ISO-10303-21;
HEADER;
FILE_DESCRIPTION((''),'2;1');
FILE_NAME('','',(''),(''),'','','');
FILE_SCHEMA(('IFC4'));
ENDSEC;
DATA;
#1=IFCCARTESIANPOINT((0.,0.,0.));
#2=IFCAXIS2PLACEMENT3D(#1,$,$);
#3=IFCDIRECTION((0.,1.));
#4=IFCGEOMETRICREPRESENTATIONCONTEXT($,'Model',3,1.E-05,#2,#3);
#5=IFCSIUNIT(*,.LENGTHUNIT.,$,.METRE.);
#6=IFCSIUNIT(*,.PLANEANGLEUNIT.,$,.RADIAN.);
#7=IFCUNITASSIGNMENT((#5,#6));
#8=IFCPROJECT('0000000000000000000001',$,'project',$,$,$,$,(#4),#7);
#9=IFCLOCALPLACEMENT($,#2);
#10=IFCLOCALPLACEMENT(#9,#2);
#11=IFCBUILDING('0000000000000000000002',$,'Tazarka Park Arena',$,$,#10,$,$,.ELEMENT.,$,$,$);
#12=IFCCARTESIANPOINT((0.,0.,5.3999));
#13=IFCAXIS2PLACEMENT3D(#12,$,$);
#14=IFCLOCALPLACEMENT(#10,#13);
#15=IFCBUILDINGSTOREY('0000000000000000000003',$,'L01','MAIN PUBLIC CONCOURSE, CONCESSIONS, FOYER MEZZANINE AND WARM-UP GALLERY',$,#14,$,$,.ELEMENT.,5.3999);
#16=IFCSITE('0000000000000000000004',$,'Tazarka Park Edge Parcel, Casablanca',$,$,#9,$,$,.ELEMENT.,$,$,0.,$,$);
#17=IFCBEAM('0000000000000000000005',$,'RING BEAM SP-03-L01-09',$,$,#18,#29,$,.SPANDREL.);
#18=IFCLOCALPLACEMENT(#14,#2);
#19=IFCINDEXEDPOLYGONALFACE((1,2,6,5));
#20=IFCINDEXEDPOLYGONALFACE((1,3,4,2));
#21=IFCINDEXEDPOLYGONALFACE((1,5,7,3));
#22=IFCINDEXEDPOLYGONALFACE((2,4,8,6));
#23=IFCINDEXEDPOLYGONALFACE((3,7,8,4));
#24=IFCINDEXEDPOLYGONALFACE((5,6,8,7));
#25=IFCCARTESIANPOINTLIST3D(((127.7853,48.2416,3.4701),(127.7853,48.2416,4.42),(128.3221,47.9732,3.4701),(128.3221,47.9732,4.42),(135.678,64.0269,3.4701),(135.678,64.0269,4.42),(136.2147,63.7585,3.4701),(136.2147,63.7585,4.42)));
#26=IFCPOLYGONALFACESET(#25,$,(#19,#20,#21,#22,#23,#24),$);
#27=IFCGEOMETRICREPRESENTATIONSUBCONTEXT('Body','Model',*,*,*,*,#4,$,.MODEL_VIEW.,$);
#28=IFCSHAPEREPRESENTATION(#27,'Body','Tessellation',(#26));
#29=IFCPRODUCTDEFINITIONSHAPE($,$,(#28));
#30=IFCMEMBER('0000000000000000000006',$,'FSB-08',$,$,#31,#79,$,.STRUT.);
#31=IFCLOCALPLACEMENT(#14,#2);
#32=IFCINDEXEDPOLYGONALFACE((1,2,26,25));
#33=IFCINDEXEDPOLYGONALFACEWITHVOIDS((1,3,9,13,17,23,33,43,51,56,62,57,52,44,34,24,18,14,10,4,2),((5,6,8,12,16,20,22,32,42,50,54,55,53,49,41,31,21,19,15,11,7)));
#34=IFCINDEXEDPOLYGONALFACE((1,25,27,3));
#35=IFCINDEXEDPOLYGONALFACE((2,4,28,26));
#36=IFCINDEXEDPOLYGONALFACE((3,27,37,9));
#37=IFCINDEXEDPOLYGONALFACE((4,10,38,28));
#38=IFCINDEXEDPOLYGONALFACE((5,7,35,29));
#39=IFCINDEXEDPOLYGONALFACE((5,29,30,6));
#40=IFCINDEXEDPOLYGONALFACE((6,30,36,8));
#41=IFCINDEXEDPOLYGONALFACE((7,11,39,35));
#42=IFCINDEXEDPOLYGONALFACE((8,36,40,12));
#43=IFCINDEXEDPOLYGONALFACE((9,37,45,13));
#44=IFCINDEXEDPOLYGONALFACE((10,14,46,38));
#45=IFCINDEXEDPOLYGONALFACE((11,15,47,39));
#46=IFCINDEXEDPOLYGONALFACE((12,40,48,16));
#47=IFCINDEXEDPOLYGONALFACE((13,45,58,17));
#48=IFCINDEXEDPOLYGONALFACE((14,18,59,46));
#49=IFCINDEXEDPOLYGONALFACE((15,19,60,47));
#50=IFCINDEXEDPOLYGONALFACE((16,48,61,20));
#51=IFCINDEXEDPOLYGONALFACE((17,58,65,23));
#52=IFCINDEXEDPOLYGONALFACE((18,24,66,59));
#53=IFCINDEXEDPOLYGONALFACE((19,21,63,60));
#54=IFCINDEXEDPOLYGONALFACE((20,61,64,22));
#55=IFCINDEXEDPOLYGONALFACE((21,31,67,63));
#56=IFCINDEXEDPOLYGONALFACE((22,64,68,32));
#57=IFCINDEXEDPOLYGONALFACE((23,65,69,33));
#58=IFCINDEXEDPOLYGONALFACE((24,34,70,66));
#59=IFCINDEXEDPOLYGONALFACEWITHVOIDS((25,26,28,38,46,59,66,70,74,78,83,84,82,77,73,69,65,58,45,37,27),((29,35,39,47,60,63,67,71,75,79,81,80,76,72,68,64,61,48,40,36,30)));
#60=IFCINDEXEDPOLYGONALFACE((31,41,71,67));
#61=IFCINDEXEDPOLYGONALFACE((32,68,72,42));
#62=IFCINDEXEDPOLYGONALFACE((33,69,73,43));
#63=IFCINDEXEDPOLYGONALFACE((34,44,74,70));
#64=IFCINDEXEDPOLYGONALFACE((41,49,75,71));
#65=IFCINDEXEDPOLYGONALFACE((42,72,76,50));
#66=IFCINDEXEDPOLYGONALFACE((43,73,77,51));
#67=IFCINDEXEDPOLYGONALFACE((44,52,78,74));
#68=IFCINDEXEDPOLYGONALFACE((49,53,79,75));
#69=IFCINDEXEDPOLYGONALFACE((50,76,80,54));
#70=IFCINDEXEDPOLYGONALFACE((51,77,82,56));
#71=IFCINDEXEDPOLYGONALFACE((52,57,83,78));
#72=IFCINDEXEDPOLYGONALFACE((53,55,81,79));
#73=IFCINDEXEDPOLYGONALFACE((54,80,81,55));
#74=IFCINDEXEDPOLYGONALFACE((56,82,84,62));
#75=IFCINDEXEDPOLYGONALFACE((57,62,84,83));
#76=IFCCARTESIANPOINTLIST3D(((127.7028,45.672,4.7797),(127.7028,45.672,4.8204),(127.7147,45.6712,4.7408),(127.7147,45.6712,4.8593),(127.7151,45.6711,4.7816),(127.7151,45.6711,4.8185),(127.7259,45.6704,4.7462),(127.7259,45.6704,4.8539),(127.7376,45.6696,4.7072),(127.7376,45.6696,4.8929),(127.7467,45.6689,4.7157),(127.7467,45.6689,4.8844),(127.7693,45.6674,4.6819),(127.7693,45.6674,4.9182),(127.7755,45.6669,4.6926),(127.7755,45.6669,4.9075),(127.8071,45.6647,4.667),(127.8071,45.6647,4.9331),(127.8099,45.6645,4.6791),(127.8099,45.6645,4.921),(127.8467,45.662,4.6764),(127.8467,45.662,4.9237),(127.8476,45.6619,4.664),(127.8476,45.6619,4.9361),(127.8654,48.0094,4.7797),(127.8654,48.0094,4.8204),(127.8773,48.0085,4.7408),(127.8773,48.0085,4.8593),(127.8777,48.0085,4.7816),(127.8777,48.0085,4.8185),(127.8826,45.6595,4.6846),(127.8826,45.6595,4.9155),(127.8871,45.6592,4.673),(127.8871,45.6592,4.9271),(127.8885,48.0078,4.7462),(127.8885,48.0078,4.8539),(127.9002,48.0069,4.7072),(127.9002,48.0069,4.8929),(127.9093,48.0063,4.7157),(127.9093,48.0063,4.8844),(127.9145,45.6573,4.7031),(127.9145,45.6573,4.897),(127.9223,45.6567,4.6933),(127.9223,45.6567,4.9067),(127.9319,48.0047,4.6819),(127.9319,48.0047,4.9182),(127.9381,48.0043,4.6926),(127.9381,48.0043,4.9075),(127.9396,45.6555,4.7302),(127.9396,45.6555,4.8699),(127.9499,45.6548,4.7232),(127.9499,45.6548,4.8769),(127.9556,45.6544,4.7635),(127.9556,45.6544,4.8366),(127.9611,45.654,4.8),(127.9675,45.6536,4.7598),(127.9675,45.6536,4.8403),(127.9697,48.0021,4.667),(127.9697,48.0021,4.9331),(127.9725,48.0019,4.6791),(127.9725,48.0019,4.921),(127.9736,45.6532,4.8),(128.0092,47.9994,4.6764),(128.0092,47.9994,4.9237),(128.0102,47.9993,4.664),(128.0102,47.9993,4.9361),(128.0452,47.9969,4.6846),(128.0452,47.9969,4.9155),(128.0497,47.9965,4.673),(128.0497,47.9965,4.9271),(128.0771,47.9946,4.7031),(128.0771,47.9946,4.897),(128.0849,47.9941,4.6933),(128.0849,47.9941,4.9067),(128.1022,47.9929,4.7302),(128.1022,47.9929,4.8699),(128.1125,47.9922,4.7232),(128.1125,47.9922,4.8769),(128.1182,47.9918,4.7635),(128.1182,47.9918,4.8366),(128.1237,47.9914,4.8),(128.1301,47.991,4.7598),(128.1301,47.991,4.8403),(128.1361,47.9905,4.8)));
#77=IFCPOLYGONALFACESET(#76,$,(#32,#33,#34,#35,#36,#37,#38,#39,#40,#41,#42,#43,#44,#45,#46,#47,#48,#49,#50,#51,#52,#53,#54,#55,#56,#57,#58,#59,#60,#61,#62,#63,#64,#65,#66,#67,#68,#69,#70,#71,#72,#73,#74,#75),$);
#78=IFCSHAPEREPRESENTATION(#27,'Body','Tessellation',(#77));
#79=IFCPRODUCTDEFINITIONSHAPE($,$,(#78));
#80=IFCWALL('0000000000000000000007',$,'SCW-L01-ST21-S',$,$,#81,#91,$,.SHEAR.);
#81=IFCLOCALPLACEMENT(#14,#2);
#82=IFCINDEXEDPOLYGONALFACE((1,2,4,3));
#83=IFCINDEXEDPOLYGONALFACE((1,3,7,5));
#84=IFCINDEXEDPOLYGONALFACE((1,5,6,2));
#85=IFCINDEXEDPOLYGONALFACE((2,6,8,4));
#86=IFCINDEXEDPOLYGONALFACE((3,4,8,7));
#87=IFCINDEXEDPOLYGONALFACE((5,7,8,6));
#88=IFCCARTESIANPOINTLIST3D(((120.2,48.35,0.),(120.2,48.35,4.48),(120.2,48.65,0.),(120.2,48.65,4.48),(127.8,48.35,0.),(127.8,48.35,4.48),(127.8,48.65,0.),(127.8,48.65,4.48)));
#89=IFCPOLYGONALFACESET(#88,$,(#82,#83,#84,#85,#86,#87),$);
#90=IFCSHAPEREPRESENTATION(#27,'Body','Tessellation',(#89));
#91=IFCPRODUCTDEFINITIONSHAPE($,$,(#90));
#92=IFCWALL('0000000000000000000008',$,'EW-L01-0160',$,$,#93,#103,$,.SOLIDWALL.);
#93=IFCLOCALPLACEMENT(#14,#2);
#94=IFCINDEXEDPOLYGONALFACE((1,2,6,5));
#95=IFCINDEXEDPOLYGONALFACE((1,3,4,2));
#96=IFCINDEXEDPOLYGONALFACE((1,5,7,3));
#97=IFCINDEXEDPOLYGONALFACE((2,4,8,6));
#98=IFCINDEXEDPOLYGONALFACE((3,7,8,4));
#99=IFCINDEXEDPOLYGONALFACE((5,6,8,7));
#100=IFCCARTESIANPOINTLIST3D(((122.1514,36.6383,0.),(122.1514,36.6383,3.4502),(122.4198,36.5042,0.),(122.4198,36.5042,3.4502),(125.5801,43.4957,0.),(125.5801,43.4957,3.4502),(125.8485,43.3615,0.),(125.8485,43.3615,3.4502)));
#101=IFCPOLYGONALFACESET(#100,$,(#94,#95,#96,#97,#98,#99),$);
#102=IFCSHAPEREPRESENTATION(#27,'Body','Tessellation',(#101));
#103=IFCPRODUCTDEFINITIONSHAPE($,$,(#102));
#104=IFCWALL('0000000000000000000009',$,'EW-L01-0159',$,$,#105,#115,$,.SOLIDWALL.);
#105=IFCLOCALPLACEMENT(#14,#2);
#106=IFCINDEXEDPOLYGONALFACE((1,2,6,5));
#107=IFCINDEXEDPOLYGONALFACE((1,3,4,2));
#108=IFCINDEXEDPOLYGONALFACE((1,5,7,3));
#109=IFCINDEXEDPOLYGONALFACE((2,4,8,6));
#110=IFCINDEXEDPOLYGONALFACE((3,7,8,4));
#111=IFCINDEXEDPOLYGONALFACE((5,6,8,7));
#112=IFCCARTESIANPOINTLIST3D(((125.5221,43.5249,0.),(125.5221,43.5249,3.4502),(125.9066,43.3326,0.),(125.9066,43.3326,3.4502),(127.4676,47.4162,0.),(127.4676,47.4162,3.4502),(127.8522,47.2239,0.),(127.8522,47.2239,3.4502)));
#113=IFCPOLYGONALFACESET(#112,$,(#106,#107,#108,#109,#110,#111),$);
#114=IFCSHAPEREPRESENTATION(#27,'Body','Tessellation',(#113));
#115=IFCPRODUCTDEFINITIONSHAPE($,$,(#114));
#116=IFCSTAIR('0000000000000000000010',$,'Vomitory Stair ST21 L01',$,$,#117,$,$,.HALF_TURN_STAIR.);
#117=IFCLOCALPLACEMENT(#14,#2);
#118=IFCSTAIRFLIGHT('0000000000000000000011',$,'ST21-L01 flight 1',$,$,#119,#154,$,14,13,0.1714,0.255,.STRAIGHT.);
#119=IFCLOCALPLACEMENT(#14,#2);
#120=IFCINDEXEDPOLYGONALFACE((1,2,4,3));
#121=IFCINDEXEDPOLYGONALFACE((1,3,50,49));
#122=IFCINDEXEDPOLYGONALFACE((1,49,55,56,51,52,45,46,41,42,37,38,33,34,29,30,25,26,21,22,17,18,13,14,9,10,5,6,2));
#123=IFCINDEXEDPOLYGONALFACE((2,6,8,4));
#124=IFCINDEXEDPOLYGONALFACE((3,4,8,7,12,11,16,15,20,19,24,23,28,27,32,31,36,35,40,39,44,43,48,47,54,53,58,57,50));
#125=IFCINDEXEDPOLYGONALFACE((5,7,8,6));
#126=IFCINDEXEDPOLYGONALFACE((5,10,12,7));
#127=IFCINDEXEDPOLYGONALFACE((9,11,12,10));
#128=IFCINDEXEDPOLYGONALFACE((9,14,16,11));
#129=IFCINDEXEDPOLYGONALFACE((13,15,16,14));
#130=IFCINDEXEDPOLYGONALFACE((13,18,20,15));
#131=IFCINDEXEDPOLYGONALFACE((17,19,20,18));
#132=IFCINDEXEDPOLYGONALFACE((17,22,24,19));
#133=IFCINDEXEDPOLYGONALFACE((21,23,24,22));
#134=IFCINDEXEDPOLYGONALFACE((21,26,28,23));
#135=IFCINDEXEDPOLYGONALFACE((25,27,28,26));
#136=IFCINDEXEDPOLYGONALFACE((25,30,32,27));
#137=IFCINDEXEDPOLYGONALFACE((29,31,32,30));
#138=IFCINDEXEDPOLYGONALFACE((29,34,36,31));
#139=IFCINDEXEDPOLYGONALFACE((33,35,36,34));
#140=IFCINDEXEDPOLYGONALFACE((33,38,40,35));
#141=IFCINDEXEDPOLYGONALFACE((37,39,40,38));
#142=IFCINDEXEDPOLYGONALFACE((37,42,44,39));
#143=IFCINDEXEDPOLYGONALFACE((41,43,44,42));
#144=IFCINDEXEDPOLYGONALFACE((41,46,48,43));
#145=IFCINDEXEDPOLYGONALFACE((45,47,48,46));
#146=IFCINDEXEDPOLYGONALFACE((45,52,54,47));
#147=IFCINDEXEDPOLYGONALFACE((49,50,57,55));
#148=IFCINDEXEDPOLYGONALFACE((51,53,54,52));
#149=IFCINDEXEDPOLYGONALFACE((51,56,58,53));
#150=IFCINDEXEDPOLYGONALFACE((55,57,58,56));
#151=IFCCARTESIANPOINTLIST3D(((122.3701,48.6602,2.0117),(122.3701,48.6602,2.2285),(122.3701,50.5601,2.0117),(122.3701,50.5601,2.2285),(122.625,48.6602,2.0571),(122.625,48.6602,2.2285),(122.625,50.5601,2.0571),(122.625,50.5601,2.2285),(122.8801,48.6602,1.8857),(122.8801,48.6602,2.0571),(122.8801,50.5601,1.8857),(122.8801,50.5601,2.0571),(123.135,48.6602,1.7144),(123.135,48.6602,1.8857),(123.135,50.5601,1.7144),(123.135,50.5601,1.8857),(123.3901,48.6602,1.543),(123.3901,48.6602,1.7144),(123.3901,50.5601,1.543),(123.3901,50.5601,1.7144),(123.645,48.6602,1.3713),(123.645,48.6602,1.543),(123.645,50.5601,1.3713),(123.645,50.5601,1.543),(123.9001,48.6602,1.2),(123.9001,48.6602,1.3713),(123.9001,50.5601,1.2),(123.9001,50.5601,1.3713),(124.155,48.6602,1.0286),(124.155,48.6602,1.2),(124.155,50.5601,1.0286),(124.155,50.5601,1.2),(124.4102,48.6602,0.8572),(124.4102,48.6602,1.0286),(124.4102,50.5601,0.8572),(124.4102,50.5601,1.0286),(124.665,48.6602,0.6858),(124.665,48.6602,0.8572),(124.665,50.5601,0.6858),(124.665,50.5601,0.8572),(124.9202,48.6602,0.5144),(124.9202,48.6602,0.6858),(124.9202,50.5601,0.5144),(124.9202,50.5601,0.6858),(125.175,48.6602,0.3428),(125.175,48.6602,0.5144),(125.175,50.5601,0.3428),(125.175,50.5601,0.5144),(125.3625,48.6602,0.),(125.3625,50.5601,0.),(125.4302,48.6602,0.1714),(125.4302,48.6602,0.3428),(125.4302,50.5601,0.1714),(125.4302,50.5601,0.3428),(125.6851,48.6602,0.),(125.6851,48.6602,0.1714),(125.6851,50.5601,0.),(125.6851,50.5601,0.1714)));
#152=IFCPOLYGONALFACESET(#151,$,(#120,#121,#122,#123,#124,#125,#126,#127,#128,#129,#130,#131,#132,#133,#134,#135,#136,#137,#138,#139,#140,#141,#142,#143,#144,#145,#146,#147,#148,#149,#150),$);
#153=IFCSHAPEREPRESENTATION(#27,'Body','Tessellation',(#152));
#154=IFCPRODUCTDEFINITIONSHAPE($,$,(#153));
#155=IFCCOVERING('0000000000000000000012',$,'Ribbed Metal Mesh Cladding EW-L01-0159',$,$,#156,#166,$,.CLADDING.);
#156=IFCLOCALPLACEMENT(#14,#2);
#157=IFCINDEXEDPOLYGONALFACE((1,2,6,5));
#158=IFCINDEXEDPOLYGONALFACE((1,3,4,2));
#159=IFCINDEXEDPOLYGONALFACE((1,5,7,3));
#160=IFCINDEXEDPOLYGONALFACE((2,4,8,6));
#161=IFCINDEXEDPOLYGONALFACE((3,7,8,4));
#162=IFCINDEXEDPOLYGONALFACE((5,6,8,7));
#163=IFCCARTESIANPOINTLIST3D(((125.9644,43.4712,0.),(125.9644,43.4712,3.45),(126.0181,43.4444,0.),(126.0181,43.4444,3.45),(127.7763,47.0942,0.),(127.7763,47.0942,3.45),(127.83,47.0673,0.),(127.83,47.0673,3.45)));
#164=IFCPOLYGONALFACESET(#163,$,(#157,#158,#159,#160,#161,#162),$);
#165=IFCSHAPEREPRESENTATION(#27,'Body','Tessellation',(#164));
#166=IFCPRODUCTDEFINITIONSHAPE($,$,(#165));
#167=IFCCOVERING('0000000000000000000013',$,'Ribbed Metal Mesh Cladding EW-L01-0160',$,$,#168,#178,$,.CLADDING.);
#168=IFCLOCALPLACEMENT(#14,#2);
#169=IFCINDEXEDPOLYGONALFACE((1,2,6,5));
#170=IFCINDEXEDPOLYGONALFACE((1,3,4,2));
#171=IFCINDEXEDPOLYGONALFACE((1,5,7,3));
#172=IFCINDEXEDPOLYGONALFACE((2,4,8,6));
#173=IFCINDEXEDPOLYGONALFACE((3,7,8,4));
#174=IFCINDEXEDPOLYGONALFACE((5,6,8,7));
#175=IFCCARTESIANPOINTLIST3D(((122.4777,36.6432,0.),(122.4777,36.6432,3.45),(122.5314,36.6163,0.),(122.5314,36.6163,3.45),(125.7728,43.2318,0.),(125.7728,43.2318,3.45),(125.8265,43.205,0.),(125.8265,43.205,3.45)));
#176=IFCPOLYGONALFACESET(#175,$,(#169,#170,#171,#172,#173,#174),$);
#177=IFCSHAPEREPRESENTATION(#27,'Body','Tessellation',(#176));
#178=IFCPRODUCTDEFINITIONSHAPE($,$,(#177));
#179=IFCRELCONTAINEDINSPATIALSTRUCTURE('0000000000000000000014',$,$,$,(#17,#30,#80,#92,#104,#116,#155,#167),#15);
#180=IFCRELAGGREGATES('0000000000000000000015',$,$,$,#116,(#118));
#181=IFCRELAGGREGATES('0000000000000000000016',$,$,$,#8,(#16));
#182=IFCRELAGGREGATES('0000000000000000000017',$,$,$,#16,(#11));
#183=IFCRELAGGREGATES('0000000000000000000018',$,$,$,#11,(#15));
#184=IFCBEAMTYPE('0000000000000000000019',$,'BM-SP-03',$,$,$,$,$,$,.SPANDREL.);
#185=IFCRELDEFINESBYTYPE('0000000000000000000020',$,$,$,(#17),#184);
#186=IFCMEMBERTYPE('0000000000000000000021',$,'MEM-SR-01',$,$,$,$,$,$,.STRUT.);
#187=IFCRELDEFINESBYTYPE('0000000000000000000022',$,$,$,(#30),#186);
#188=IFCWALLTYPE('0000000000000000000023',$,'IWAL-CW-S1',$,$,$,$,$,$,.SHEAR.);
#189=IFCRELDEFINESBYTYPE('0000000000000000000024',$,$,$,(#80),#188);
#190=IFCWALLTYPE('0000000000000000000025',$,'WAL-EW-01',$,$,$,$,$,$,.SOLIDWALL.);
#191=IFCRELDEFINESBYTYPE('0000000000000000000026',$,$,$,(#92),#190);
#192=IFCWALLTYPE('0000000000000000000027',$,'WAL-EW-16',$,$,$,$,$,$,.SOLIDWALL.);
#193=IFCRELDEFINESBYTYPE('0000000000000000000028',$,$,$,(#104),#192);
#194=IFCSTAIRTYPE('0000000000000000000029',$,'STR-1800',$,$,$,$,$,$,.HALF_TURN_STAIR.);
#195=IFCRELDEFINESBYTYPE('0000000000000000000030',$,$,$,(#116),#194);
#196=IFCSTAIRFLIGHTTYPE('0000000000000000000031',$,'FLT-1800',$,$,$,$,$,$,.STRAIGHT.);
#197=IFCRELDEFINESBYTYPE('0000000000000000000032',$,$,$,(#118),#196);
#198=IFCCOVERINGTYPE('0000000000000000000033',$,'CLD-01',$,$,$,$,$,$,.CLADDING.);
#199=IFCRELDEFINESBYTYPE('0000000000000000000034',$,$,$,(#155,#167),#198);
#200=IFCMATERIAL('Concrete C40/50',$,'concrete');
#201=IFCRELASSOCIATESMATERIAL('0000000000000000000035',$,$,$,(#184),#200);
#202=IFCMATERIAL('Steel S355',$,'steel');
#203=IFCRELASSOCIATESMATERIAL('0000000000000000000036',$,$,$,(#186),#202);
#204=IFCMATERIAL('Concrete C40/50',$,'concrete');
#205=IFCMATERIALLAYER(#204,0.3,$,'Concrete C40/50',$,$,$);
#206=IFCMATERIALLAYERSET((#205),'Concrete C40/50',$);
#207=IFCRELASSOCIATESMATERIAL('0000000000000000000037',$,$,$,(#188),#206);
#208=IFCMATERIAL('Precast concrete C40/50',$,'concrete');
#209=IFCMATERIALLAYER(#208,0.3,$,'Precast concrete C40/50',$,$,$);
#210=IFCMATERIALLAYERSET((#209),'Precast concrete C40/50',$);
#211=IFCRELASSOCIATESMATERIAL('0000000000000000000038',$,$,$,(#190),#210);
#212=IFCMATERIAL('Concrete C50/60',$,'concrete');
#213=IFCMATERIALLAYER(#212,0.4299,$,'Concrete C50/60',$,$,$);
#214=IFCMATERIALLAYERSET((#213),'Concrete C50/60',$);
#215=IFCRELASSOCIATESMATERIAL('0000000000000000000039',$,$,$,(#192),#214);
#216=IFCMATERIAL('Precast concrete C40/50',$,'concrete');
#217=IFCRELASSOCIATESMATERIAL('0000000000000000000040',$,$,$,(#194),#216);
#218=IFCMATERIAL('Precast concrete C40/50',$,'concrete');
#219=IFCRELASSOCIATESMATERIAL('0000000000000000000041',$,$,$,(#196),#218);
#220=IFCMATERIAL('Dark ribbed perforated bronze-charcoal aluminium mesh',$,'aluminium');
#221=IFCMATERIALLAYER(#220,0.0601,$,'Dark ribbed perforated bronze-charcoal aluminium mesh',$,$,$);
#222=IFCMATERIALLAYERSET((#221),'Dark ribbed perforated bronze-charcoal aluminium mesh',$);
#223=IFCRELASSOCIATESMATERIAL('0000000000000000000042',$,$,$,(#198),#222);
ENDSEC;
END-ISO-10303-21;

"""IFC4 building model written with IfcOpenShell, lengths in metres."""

from ifc_helpers import new_model, si_unit, direction, frame, frame_2d, origin, origin_2d, place, context, subcontext, project, spatial, polyline, rectangle, hollow_circle, outline, extrude, material, layer, layer_set, material_profile, profile_set, type_object, element, aggregate, save


model = new_model("IFC4")

# Units and contexts
model_context = context("Model", 3, precision=1e-05, world=origin(), true_north=direction((0.0, 1.0)))
body_context = subcontext(model_context, "Body", "Model", "MODEL_VIEW")
ifc_project = project(units=[si_unit("LENGTHUNIT", "METRE"), si_unit("PLANEANGLEUNIT", "RADIAN")], contexts=[model_context])

# Site, building, storey
site_placement = place(None, origin())
site = spatial("IfcSite", under=ifc_project, at=site_placement, Name="Tazarka Park Edge Parcel, Casablanca", CompositionType="ELEMENT", RefElevation=0.0)
building_placement = place(site_placement, origin())
building = spatial("IfcBuilding", under=site, at=building_placement, Name="Tazarka Park Arena", CompositionType="ELEMENT")
storey_placement = place(building_placement, frame((0.0, 0.0, 5.3999)))
storey = spatial("IfcBuildingStorey", under=building, at=storey_placement, Name="L01", Description="MAIN PUBLIC CONCOURSE, CONCESSIONS, FOYER MEZZANINE AND WARM-UP GALLERY", CompositionType="ELEMENT", Elevation=5.3999)

# Beam
ifc_material_1 = material(Name="Concrete C40/50", Category="concrete")
ifc_material_profile_1 = material_profile(ifc_material_1, rectangle(XDim=0.6001, YDim=0.95, at=origin_2d()), Name="Concrete C40/50")
ifc_profile_set_1 = profile_set([ifc_material_profile_1], Name="Concrete C40/50")
beam_type_1 = type_object("IfcBeamType", Name="BM-SP-03", PredefinedType="SPANDREL", material=ifc_profile_set_1)
beam_1_placement = place(storey_placement, frame((128.0537, 48.1074, 3.9451), z_axis=(0.447214, 0.894427, 0.0), x_axis=(-0.894427, 0.447214, 0.0)))
element("IfcBeam", 1, at=beam_1_placement, inside=storey, type_object=beam_type_1, Name="RING BEAM SP-03-L01-09", PredefinedType="SPANDREL", context=body_context, shape_type="SweptSolid", body=[
    extrude(rectangle(XDim=0.6001, YDim=0.95, at=origin_2d()), origin(), (0.0, 0.0, 1.0), 17.6484),
])

# Member
ifc_material_2 = material(Name="Steel S355", Category="steel")
ifc_material_profile_2 = material_profile(ifc_material_2, hollow_circle(Radius=0.1365, WallThickness=0.0125, at=origin_2d()), Name="Steel S355")
ifc_profile_set_2 = profile_set([ifc_material_profile_2], Name="Steel S355")
member_type = type_object("IfcMemberType", Name="MEM-SR-01", PredefinedType="STRUT", material=ifc_profile_set_2)
member_placement = place(storey_placement, frame((128.0, 48.0, 4.8), z_axis=(-0.069396, -0.997589, 0.0), x_axis=(0.997589, -0.069396, 0.0)))
element("IfcMember", 2, at=member_placement, inside=storey, type_object=member_type, Name="FSB-08", PredefinedType="STRUT", context=body_context, shape_type="SweptSolid", body=[
    extrude(hollow_circle(Radius=0.1365, WallThickness=0.0125, at=origin_2d()), origin(), (0.0, 0.0, 1.0), 2.343),
])

# Walls
ifc_material_3 = material(Name="Concrete C40/50", Category="concrete")
ifc_layer_1 = layer(ifc_material_3, 0.3, Name="Concrete C40/50")
ifc_layer_set_1 = layer_set([ifc_layer_1], Name="Concrete C40/50")
wall_type_1 = type_object("IfcWallType", Name="IWAL-CW-S1", PredefinedType="SHEAR", material=ifc_layer_set_1)
wall_1_placement = place(storey_placement, frame((127.8, 48.5, 0.0), z_axis=(0.0, 0.0, 1.0), x_axis=(-1.0, 0.0, 0.0)))
element("IfcWall", 3, at=wall_1_placement, inside=storey, type_object=wall_type_1, Name="SCW-L01-ST21-S", PredefinedType="SHEAR", context=body_context, shape_type="SweptSolid", body=[
    extrude(rectangle(XDim=7.6001, YDim=0.3, at=frame_2d((3.8, 0.0))), origin(), (0.0, 0.0, 1.0), 4.48),
])
ifc_material_4 = material(Name="Precast concrete C40/50", Category="concrete")
ifc_layer_2 = layer(ifc_material_4, 0.3, Name="Precast concrete C40/50")
ifc_layer_set_2 = layer_set([ifc_layer_2], Name="Precast concrete C40/50")
wall_type_2 = type_object("IfcWallType", Name="WAL-EW-01", PredefinedType="SOLIDWALL", material=ifc_layer_set_2)
wall_2_placement = place(storey_placement, frame((125.7144, 43.4287, 0.0), z_axis=(0.0, 0.0, 1.0), x_axis=(-0.447214, -0.894427, 0.0)))
element("IfcWall", 4, at=wall_2_placement, inside=storey, type_object=wall_type_2, Name="EW-L01-0160", PredefinedType="SOLIDWALL", context=body_context, shape_type="SweptSolid", body=[
    extrude(rectangle(XDim=7.6667, YDim=0.3, at=frame_2d((3.8335, 0.0))), origin(), (0.0, 0.0, 1.0), 3.4502),
])
ifc_material_5 = material(Name="Concrete C50/60", Category="concrete")
ifc_layer_3 = layer(ifc_material_5, 0.4299, Name="Concrete C50/60")
ifc_layer_set_3 = layer_set([ifc_layer_3], Name="Concrete C50/60")
wall_type_3 = type_object("IfcWallType", Name="WAL-EW-16", PredefinedType="SOLIDWALL", material=ifc_layer_set_3)
wall_3_placement = place(storey_placement, frame((127.6599, 47.3201, 0.0), z_axis=(0.0, 0.0, 1.0), x_axis=(-0.447191, -0.894438, 0.0)))
element("IfcWall", 5, at=wall_3_placement, inside=storey, type_object=wall_type_3, Name="EW-L01-0159", PredefinedType="SOLIDWALL", context=body_context, shape_type="SweptSolid", body=[
    extrude(rectangle(XDim=4.3506, YDim=0.4299, at=frame_2d((2.1753, 0.0))), origin(), (0.0, 0.0, 1.0), 3.4502),
])

# Stair, stair flight
ifc_material_6 = material(Name="Precast concrete C40/50", Category="concrete")
stair_type = type_object("IfcStairType", Name="STR-1800", PredefinedType="HALF_TURN_STAIR", material=ifc_material_6)
stair_placement = place(storey_placement, origin())
stair = element("IfcStair", 6, at=stair_placement, inside=storey, type_object=stair_type, Name="Vomitory Stair ST21 L01", PredefinedType="HALF_TURN_STAIR")
ifc_material_7 = material(Name="Precast concrete C40/50", Category="concrete")
stair_flight_type = type_object("IfcStairFlightType", Name="FLT-1800", PredefinedType="STRAIGHT", material=ifc_material_7)
stair_flight_placement = place(storey_placement, frame((125.6851, 49.6101, 0.0), z_axis=(0.0, 0.0, 1.0), x_axis=(-1.0, 0.0, 0.0)))
stair_flight = element("IfcStairFlight", 7, at=stair_flight_placement, type_object=stair_flight_type, Name="ST21-L01 flight 1", NumberOfRisers=14, NumberOfTreads=13, PredefinedType="STRAIGHT", RiserHeight=0.1714, TreadLength=0.255, context=body_context, shape_type="SweptSolid", body=[
    extrude(outline(polyline([(0.0, 0.0), (0.0, 0.1714), (0.2549, 0.1714), (0.2549, 0.3428), (0.51, 0.3428), (0.51, 0.5144), (0.7649, 0.5144), (0.7649, 0.6858), (1.02, 0.6858), (1.02, 0.8572), (1.2749, 0.8572), (1.2749, 1.0286), (1.53, 1.0286), (1.53, 1.2), (1.7849, 1.2), (1.7849, 1.3713), (2.04, 1.3713), (2.04, 1.543), (2.2949, 1.543), (2.2949, 1.7144), (2.55, 1.7144), (2.55, 1.8857), (2.8049, 1.8857), (2.8049, 2.0571), (3.0601, 2.0571), (3.0601, 2.2285), (3.3149, 2.2285), (3.3149, 2.3999), (3.3149, 2.0117), (0.3225, 0.0), (0.0, 0.0)])), frame((0.0, 0.95, 0.0), z_axis=(0.0, -1.0, 0.0), x_axis=(1.0, 0.0, 0.0)), (0.0, 0.0, 1.0), 1.8999),
])
aggregate(stair, [stair_flight])

# Coverings
ifc_material_8 = material(Name="Dark ribbed perforated bronze-charcoal aluminium mesh", Category="aluminium")
ifc_layer_4 = layer(ifc_material_8, 0.0601, Name="Dark ribbed perforated bronze-charcoal aluminium mesh")
ifc_layer_set_4 = layer_set([ifc_layer_4], Name="Dark ribbed perforated bronze-charcoal aluminium mesh")
covering_type = type_object("IfcCoveringType", Name="CLD-01", PredefinedType="CLADDING", material=ifc_layer_set_4)
covering_1_placement = place(storey_placement, frame((126.8972, 45.2693, 0.0), z_axis=(0.0, 0.0, 1.0), x_axis=(-0.447291, -0.894389, 0.0)))
element("IfcCovering", 8, at=covering_1_placement, inside=storey, type_object=covering_type, Name="Ribbed Metal Mesh Cladding EW-L01-0159", PredefinedType="CLADDING", context=body_context, shape_type="SweptSolid", body=[
    extrude(rectangle(XDim=4.0508, YDim=0.0601, at=origin_2d()), origin(), (0.0, 0.0, 1.0), 3.45),
])
covering_2_placement = place(storey_placement, frame((124.1521, 39.9241, 0.0), z_axis=(0.0, 0.0, 1.0), x_axis=(-0.447291, -0.894389, 0.0)))
element("IfcCovering", 9, at=covering_2_placement, inside=storey, type_object=covering_type, Name="Ribbed Metal Mesh Cladding EW-L01-0160", PredefinedType="CLADDING", context=body_context, shape_type="SweptSolid", body=[
    extrude(rectangle(XDim=7.3667, YDim=0.0601, at=origin_2d()), origin(), (0.0, 0.0, 1.0), 3.45),
])

save(model, "model.ifc")
